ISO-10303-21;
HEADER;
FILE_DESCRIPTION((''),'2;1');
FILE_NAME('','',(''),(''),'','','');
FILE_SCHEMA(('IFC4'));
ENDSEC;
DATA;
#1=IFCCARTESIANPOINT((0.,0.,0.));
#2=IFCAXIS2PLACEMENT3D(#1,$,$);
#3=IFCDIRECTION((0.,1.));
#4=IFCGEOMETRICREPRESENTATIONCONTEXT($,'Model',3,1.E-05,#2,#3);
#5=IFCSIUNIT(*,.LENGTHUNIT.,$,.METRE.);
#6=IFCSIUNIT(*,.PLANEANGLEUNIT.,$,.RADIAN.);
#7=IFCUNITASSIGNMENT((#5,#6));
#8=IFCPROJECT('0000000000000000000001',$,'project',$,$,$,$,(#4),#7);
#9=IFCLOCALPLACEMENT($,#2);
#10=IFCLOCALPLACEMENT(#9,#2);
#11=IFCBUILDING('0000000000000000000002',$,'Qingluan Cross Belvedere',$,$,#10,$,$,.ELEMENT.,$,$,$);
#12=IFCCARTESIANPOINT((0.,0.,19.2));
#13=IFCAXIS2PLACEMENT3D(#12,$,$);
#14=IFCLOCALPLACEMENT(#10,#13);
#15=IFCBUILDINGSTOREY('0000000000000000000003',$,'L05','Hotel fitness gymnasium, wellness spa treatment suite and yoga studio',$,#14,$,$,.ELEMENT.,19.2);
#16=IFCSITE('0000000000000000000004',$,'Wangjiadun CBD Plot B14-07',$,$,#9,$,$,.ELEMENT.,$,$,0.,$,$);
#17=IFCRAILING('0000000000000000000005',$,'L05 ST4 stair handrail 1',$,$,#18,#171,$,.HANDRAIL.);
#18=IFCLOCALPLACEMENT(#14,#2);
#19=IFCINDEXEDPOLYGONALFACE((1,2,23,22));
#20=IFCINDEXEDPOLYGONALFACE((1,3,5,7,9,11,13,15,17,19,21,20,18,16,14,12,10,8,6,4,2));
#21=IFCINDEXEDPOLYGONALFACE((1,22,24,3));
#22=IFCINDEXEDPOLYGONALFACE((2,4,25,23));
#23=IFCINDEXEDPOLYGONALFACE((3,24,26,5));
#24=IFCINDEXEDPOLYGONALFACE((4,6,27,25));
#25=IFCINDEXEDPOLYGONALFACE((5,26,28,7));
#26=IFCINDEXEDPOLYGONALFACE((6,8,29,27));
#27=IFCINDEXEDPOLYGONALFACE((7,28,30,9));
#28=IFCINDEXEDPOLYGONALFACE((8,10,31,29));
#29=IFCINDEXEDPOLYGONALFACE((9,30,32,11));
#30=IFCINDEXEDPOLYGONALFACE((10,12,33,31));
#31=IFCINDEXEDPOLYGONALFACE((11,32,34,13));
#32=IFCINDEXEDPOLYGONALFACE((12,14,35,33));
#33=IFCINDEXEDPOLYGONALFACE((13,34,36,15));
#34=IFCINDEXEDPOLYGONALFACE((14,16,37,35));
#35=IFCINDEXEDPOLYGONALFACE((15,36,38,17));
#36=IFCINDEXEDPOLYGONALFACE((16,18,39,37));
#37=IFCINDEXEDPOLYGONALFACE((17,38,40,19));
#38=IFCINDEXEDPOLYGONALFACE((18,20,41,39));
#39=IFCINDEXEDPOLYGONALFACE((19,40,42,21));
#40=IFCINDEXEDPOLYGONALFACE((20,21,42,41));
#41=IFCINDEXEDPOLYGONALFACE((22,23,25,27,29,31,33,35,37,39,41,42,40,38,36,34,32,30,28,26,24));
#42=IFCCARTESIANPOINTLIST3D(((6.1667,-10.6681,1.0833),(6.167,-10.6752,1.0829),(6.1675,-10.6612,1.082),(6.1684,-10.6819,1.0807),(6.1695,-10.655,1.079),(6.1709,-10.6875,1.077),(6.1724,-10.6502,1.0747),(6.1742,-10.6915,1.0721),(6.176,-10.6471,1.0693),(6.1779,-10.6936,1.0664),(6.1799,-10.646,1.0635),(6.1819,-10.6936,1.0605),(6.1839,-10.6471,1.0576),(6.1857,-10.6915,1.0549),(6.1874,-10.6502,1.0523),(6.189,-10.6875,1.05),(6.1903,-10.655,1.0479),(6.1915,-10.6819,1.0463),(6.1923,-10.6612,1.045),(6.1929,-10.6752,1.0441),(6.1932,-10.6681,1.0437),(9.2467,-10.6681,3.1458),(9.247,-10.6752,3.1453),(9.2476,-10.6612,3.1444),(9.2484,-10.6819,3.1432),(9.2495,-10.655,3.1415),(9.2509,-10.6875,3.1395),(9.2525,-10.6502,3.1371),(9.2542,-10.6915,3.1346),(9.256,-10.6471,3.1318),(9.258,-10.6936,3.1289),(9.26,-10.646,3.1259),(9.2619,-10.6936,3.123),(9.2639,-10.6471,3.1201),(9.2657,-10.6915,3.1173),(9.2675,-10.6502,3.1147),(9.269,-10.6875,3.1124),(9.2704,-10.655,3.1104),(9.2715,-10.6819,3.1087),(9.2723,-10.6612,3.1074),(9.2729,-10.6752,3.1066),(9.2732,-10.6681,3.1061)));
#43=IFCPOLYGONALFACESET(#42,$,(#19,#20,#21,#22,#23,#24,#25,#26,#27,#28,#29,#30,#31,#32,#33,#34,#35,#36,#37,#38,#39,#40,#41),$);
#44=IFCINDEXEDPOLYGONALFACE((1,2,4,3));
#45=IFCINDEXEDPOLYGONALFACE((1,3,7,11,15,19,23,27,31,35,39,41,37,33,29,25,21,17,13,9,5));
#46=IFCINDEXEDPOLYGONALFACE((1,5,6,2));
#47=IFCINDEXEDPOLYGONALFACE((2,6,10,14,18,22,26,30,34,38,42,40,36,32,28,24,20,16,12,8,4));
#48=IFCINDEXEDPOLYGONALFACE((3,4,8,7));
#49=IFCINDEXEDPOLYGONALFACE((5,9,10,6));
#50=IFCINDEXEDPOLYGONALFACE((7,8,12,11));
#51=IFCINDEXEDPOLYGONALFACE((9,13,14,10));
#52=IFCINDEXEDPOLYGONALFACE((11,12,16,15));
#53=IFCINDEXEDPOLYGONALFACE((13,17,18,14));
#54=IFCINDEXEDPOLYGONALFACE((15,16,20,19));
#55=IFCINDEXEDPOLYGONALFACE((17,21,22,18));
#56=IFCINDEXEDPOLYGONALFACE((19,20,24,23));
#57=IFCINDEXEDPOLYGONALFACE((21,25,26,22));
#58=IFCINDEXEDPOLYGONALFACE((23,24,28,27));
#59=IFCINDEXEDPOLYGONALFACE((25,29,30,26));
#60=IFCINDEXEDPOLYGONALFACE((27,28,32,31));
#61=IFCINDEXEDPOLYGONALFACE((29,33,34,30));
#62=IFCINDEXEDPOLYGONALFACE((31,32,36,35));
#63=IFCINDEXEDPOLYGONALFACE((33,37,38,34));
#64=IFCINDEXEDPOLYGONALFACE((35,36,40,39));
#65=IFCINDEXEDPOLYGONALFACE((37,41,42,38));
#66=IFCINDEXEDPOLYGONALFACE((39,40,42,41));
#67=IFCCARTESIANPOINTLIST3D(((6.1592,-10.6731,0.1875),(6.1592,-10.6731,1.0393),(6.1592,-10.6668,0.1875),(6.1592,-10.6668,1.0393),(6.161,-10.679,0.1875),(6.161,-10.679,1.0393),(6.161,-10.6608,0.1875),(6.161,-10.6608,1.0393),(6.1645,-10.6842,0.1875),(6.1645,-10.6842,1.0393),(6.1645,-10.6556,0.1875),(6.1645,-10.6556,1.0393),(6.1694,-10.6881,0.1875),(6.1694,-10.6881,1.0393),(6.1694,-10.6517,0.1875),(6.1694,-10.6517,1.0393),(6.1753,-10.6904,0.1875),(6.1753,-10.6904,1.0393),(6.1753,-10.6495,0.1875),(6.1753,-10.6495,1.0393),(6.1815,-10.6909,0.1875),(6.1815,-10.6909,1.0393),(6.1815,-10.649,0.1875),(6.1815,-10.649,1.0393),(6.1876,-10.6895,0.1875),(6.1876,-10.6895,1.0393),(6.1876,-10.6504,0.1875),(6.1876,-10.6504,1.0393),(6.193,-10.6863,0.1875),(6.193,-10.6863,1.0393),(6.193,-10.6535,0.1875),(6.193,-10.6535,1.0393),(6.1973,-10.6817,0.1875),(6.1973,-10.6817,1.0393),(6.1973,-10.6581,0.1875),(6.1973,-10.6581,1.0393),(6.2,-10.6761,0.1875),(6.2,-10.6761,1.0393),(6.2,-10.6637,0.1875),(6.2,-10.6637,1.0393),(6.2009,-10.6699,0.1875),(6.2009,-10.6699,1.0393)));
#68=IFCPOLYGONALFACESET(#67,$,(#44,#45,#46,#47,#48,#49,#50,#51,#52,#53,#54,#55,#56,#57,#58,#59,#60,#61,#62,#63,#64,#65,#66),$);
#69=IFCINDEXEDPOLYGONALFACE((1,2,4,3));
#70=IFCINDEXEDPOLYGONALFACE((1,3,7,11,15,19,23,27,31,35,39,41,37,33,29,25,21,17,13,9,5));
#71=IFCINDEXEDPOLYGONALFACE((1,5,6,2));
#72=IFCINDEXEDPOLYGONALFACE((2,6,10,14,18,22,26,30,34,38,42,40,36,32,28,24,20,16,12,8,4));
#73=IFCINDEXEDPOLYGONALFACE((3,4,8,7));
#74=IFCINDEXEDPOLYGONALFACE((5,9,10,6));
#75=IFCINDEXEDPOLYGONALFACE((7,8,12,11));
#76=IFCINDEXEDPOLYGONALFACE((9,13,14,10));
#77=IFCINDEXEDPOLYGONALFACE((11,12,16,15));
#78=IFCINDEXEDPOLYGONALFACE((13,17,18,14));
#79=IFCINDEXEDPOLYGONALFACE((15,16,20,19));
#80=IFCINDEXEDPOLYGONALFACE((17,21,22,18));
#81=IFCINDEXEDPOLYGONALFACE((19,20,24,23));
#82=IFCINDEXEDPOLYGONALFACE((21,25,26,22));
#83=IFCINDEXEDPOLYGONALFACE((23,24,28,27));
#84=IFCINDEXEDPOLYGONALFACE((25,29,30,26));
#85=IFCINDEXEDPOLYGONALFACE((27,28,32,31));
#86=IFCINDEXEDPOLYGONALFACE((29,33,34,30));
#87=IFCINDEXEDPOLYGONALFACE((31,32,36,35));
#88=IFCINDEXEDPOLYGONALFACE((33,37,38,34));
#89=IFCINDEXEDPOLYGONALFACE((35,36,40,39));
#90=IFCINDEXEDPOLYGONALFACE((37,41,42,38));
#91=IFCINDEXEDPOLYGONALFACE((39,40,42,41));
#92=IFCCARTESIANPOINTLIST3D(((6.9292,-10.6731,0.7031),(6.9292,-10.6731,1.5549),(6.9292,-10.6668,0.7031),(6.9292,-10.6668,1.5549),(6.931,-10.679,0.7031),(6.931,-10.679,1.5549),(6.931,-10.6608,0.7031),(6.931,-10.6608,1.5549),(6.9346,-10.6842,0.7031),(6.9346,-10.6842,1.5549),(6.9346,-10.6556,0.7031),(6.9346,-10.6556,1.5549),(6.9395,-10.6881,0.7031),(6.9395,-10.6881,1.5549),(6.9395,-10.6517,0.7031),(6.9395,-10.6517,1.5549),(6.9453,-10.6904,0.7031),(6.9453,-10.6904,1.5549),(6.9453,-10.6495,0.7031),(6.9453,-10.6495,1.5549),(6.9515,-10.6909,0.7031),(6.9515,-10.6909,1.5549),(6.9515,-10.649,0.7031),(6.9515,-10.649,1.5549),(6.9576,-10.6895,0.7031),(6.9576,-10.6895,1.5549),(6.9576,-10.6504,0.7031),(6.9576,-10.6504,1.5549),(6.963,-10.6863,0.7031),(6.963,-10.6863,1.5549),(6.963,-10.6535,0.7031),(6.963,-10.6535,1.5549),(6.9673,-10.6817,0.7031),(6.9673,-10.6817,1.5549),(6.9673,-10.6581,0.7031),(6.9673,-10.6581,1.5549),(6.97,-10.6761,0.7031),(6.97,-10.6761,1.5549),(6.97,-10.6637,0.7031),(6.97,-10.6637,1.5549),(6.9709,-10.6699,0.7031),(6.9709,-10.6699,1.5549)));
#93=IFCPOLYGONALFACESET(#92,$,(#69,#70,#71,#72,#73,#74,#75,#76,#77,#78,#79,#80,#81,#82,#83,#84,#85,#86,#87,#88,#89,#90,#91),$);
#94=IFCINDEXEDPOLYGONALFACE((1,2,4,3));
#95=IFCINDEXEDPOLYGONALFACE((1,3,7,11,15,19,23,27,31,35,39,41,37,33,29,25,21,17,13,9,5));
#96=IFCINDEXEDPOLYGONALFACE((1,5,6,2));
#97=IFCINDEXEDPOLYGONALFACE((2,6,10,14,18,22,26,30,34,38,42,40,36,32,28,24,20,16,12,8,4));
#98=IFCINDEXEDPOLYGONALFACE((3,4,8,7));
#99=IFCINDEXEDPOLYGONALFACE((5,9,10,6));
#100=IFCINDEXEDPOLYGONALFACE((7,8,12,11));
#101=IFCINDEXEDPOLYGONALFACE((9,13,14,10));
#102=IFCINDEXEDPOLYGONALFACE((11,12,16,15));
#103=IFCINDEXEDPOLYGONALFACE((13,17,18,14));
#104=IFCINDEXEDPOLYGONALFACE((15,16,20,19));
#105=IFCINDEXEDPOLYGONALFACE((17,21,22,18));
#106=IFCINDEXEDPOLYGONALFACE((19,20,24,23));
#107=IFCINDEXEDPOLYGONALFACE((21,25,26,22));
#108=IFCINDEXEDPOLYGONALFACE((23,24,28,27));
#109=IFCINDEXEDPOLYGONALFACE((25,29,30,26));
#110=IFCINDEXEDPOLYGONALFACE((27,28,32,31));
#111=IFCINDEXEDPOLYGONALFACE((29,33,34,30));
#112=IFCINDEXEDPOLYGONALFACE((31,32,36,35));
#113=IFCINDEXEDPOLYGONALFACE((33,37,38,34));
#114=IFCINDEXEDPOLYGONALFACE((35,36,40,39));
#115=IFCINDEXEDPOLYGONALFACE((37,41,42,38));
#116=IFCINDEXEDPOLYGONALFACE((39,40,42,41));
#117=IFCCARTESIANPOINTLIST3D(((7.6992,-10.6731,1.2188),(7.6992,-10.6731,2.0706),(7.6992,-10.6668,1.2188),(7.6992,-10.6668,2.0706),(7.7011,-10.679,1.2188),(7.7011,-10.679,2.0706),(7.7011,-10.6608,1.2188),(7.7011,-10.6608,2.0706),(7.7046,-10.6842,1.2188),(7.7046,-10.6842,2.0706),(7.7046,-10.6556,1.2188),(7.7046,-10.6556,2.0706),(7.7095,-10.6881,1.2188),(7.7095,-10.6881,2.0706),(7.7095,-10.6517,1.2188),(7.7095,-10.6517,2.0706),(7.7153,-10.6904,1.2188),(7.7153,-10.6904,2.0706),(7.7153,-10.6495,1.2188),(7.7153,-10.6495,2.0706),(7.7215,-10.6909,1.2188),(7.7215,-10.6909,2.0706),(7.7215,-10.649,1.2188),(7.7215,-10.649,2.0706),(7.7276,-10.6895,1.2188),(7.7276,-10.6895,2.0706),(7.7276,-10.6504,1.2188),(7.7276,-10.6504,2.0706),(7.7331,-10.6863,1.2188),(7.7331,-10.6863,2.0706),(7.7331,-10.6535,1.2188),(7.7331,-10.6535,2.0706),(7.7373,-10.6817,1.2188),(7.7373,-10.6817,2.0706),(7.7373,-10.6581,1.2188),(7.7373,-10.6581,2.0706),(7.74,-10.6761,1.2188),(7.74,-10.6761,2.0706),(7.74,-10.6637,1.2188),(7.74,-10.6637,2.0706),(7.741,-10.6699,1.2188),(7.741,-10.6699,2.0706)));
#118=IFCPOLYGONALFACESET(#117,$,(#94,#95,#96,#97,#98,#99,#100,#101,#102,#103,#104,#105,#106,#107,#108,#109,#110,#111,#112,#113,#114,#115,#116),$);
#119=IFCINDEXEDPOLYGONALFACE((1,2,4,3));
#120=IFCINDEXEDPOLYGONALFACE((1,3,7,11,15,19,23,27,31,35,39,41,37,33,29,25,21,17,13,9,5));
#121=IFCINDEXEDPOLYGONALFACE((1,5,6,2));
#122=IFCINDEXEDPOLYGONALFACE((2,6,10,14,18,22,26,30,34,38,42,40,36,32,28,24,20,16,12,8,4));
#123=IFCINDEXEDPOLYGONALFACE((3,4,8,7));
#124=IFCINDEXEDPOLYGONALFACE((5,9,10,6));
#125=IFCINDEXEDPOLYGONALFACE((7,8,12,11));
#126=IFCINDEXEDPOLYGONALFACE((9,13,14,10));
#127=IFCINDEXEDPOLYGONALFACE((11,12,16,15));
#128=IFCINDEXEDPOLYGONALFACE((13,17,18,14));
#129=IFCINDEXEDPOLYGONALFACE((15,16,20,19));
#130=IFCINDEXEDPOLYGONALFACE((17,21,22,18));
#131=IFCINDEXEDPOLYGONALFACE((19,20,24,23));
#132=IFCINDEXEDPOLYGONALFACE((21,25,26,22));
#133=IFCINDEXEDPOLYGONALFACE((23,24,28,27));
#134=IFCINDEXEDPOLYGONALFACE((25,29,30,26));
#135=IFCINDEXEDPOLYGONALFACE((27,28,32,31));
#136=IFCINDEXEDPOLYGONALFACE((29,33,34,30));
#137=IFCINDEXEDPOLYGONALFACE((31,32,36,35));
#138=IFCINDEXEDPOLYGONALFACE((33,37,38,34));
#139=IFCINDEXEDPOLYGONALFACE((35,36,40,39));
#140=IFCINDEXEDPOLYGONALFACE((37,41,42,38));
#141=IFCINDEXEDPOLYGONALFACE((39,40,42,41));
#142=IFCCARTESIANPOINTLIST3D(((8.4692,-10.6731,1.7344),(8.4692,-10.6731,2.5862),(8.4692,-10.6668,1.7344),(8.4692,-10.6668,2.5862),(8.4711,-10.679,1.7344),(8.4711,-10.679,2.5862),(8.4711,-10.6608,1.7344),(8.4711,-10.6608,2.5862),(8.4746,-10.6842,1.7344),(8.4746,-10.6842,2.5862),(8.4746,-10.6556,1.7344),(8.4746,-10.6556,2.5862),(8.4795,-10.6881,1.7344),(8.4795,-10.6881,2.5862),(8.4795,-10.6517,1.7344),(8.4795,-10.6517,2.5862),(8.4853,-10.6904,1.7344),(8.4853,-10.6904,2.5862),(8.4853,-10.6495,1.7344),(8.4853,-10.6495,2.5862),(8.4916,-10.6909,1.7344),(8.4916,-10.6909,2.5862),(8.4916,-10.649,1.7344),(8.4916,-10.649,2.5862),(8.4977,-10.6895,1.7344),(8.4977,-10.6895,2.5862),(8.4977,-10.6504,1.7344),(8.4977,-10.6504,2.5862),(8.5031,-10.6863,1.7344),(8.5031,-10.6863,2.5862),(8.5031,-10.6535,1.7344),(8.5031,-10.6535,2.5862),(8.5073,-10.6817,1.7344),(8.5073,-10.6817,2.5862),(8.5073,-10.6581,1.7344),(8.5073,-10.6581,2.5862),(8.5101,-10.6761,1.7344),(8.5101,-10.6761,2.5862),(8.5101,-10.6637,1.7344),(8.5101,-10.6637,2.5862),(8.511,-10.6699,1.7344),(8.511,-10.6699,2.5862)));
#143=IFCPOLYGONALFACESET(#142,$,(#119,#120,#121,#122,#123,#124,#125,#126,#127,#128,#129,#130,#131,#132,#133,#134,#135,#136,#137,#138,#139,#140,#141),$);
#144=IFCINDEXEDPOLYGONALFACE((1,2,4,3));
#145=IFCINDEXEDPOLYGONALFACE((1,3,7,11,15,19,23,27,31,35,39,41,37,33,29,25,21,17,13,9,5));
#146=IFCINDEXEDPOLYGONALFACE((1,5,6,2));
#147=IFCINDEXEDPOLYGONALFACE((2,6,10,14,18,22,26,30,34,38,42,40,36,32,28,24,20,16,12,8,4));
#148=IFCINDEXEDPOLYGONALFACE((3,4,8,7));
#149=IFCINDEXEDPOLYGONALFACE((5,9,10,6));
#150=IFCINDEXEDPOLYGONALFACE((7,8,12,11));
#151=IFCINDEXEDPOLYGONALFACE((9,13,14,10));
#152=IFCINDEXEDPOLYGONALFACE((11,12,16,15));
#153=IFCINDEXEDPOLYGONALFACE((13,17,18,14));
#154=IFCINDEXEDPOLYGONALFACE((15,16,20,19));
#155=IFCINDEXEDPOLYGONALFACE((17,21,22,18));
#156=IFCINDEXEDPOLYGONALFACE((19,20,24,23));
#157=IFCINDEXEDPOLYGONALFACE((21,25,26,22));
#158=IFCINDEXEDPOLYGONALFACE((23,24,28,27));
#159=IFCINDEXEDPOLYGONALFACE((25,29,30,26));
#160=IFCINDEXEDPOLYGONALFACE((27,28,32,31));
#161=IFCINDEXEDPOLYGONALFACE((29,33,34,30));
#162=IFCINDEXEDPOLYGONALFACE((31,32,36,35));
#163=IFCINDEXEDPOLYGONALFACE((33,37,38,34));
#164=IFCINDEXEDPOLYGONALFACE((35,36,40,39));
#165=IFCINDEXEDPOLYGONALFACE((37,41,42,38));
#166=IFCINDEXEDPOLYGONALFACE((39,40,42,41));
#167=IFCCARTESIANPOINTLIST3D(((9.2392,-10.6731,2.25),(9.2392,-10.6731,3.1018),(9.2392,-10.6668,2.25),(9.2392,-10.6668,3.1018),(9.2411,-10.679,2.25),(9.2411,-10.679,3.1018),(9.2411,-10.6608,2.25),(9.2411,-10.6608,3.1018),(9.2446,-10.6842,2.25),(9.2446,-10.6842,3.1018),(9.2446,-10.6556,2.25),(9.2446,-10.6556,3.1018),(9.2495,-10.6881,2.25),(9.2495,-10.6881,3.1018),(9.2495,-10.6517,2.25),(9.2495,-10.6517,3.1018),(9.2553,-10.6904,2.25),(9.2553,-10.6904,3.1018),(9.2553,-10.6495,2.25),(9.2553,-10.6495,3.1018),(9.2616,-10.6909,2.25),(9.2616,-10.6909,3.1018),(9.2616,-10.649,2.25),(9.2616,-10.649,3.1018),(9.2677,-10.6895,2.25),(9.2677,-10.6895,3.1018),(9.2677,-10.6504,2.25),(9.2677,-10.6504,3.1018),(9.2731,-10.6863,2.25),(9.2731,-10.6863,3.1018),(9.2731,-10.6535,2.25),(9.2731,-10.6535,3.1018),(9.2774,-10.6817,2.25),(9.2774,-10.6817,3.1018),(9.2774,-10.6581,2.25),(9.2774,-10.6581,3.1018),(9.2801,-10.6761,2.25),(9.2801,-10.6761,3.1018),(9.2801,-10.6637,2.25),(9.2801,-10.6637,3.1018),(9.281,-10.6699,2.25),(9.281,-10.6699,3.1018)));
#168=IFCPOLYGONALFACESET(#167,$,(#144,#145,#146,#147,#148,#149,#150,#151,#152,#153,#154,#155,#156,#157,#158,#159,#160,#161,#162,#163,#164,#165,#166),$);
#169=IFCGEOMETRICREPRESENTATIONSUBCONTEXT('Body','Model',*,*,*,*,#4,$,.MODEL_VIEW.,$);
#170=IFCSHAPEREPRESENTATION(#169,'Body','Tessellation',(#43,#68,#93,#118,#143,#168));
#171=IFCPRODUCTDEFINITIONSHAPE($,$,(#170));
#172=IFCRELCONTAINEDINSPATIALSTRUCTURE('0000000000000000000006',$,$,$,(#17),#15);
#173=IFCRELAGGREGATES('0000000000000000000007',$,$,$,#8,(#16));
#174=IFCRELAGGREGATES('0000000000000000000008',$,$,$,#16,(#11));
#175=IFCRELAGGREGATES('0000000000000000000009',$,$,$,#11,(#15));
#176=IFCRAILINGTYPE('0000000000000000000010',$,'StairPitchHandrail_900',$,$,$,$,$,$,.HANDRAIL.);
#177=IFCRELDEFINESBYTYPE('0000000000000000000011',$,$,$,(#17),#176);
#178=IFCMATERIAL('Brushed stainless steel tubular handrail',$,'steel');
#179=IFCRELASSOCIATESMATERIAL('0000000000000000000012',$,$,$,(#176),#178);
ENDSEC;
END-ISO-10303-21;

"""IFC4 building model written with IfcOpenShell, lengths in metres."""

from ifc_helpers import new_model, si_unit, direction, frame, origin, origin_2d, place, context, subcontext, project, spatial, circle, extrude, material, type_object, element, save


model = new_model("IFC4")

# Units and contexts
model_context = context("Model", 3, precision=1e-05, world=origin(), true_north=direction((0.0, 1.0)))
body_context = subcontext(model_context, "Body", "Model", "MODEL_VIEW")
ifc_project = project(units=[si_unit("LENGTHUNIT", "METRE"), si_unit("PLANEANGLEUNIT", "RADIAN")], contexts=[model_context])

# Site, building, storey
site_placement = place(None, origin())
site = spatial("IfcSite", under=ifc_project, at=site_placement, Name="Wangjiadun CBD Plot B14-07", CompositionType="ELEMENT", RefElevation=0.0)
building_placement = place(site_placement, origin())
building = spatial("IfcBuilding", under=site, at=building_placement, Name="Qingluan Cross Belvedere", CompositionType="ELEMENT")
storey_placement = place(building_placement, frame((0.0, 0.0, 19.2)))
storey = spatial("IfcBuildingStorey", under=building, at=storey_placement, Name="L05", Description="Hotel fitness gymnasium, wellness spa treatment suite and yoga studio", CompositionType="ELEMENT", Elevation=19.2)

# Railing
ifc_material_1 = material(Name="Brushed stainless steel tubular handrail", Category="steel")
railing_type_1 = type_object("IfcRailingType", Name="StairPitchHandrail_900", PredefinedType="HANDRAIL", material=ifc_material_1)
for number, where, name in (
    (1, (6.1799, -10.6699, 0.1875), "L05 ST4 stair handrail 1"),
):
    element("IfcRailing", number, at=place(storey_placement, frame(where)), inside=storey, type_object=railing_type_1, Name=name, PredefinedType="HANDRAIL", context=body_context, shape_type="SweptSolid", body=[
        extrude(circle(Radius=0.0239, at=origin_2d()), frame((0.0, 0.0, 0.876), z_axis=(0.830914, 0.0, 0.556401), x_axis=(0.0, 1.0, 0.0)), (0.0, 0.0, 1.0), 3.7068),
        extrude(circle(Radius=0.021, at=origin_2d()), origin(), (0.0, 0.0, 1.0), 0.8518),
        extrude(circle(Radius=0.021, at=origin_2d()), frame((0.77, 0.0, 0.5156)), (0.0, 0.0, 1.0), 0.8518),
        extrude(circle(Radius=0.021, at=origin_2d()), frame((1.54, 0.0, 1.0312)), (0.0, 0.0, 1.0), 0.8518),
        extrude(circle(Radius=0.021, at=origin_2d()), frame((2.3101, 0.0, 1.5469)), (0.0, 0.0, 1.0), 0.8518),
        extrude(circle(Radius=0.021, at=origin_2d()), frame((3.0801, 0.0, 2.0625)), (0.0, 0.0, 1.0), 0.8518),
    ])

save(model, "model.ifc")
